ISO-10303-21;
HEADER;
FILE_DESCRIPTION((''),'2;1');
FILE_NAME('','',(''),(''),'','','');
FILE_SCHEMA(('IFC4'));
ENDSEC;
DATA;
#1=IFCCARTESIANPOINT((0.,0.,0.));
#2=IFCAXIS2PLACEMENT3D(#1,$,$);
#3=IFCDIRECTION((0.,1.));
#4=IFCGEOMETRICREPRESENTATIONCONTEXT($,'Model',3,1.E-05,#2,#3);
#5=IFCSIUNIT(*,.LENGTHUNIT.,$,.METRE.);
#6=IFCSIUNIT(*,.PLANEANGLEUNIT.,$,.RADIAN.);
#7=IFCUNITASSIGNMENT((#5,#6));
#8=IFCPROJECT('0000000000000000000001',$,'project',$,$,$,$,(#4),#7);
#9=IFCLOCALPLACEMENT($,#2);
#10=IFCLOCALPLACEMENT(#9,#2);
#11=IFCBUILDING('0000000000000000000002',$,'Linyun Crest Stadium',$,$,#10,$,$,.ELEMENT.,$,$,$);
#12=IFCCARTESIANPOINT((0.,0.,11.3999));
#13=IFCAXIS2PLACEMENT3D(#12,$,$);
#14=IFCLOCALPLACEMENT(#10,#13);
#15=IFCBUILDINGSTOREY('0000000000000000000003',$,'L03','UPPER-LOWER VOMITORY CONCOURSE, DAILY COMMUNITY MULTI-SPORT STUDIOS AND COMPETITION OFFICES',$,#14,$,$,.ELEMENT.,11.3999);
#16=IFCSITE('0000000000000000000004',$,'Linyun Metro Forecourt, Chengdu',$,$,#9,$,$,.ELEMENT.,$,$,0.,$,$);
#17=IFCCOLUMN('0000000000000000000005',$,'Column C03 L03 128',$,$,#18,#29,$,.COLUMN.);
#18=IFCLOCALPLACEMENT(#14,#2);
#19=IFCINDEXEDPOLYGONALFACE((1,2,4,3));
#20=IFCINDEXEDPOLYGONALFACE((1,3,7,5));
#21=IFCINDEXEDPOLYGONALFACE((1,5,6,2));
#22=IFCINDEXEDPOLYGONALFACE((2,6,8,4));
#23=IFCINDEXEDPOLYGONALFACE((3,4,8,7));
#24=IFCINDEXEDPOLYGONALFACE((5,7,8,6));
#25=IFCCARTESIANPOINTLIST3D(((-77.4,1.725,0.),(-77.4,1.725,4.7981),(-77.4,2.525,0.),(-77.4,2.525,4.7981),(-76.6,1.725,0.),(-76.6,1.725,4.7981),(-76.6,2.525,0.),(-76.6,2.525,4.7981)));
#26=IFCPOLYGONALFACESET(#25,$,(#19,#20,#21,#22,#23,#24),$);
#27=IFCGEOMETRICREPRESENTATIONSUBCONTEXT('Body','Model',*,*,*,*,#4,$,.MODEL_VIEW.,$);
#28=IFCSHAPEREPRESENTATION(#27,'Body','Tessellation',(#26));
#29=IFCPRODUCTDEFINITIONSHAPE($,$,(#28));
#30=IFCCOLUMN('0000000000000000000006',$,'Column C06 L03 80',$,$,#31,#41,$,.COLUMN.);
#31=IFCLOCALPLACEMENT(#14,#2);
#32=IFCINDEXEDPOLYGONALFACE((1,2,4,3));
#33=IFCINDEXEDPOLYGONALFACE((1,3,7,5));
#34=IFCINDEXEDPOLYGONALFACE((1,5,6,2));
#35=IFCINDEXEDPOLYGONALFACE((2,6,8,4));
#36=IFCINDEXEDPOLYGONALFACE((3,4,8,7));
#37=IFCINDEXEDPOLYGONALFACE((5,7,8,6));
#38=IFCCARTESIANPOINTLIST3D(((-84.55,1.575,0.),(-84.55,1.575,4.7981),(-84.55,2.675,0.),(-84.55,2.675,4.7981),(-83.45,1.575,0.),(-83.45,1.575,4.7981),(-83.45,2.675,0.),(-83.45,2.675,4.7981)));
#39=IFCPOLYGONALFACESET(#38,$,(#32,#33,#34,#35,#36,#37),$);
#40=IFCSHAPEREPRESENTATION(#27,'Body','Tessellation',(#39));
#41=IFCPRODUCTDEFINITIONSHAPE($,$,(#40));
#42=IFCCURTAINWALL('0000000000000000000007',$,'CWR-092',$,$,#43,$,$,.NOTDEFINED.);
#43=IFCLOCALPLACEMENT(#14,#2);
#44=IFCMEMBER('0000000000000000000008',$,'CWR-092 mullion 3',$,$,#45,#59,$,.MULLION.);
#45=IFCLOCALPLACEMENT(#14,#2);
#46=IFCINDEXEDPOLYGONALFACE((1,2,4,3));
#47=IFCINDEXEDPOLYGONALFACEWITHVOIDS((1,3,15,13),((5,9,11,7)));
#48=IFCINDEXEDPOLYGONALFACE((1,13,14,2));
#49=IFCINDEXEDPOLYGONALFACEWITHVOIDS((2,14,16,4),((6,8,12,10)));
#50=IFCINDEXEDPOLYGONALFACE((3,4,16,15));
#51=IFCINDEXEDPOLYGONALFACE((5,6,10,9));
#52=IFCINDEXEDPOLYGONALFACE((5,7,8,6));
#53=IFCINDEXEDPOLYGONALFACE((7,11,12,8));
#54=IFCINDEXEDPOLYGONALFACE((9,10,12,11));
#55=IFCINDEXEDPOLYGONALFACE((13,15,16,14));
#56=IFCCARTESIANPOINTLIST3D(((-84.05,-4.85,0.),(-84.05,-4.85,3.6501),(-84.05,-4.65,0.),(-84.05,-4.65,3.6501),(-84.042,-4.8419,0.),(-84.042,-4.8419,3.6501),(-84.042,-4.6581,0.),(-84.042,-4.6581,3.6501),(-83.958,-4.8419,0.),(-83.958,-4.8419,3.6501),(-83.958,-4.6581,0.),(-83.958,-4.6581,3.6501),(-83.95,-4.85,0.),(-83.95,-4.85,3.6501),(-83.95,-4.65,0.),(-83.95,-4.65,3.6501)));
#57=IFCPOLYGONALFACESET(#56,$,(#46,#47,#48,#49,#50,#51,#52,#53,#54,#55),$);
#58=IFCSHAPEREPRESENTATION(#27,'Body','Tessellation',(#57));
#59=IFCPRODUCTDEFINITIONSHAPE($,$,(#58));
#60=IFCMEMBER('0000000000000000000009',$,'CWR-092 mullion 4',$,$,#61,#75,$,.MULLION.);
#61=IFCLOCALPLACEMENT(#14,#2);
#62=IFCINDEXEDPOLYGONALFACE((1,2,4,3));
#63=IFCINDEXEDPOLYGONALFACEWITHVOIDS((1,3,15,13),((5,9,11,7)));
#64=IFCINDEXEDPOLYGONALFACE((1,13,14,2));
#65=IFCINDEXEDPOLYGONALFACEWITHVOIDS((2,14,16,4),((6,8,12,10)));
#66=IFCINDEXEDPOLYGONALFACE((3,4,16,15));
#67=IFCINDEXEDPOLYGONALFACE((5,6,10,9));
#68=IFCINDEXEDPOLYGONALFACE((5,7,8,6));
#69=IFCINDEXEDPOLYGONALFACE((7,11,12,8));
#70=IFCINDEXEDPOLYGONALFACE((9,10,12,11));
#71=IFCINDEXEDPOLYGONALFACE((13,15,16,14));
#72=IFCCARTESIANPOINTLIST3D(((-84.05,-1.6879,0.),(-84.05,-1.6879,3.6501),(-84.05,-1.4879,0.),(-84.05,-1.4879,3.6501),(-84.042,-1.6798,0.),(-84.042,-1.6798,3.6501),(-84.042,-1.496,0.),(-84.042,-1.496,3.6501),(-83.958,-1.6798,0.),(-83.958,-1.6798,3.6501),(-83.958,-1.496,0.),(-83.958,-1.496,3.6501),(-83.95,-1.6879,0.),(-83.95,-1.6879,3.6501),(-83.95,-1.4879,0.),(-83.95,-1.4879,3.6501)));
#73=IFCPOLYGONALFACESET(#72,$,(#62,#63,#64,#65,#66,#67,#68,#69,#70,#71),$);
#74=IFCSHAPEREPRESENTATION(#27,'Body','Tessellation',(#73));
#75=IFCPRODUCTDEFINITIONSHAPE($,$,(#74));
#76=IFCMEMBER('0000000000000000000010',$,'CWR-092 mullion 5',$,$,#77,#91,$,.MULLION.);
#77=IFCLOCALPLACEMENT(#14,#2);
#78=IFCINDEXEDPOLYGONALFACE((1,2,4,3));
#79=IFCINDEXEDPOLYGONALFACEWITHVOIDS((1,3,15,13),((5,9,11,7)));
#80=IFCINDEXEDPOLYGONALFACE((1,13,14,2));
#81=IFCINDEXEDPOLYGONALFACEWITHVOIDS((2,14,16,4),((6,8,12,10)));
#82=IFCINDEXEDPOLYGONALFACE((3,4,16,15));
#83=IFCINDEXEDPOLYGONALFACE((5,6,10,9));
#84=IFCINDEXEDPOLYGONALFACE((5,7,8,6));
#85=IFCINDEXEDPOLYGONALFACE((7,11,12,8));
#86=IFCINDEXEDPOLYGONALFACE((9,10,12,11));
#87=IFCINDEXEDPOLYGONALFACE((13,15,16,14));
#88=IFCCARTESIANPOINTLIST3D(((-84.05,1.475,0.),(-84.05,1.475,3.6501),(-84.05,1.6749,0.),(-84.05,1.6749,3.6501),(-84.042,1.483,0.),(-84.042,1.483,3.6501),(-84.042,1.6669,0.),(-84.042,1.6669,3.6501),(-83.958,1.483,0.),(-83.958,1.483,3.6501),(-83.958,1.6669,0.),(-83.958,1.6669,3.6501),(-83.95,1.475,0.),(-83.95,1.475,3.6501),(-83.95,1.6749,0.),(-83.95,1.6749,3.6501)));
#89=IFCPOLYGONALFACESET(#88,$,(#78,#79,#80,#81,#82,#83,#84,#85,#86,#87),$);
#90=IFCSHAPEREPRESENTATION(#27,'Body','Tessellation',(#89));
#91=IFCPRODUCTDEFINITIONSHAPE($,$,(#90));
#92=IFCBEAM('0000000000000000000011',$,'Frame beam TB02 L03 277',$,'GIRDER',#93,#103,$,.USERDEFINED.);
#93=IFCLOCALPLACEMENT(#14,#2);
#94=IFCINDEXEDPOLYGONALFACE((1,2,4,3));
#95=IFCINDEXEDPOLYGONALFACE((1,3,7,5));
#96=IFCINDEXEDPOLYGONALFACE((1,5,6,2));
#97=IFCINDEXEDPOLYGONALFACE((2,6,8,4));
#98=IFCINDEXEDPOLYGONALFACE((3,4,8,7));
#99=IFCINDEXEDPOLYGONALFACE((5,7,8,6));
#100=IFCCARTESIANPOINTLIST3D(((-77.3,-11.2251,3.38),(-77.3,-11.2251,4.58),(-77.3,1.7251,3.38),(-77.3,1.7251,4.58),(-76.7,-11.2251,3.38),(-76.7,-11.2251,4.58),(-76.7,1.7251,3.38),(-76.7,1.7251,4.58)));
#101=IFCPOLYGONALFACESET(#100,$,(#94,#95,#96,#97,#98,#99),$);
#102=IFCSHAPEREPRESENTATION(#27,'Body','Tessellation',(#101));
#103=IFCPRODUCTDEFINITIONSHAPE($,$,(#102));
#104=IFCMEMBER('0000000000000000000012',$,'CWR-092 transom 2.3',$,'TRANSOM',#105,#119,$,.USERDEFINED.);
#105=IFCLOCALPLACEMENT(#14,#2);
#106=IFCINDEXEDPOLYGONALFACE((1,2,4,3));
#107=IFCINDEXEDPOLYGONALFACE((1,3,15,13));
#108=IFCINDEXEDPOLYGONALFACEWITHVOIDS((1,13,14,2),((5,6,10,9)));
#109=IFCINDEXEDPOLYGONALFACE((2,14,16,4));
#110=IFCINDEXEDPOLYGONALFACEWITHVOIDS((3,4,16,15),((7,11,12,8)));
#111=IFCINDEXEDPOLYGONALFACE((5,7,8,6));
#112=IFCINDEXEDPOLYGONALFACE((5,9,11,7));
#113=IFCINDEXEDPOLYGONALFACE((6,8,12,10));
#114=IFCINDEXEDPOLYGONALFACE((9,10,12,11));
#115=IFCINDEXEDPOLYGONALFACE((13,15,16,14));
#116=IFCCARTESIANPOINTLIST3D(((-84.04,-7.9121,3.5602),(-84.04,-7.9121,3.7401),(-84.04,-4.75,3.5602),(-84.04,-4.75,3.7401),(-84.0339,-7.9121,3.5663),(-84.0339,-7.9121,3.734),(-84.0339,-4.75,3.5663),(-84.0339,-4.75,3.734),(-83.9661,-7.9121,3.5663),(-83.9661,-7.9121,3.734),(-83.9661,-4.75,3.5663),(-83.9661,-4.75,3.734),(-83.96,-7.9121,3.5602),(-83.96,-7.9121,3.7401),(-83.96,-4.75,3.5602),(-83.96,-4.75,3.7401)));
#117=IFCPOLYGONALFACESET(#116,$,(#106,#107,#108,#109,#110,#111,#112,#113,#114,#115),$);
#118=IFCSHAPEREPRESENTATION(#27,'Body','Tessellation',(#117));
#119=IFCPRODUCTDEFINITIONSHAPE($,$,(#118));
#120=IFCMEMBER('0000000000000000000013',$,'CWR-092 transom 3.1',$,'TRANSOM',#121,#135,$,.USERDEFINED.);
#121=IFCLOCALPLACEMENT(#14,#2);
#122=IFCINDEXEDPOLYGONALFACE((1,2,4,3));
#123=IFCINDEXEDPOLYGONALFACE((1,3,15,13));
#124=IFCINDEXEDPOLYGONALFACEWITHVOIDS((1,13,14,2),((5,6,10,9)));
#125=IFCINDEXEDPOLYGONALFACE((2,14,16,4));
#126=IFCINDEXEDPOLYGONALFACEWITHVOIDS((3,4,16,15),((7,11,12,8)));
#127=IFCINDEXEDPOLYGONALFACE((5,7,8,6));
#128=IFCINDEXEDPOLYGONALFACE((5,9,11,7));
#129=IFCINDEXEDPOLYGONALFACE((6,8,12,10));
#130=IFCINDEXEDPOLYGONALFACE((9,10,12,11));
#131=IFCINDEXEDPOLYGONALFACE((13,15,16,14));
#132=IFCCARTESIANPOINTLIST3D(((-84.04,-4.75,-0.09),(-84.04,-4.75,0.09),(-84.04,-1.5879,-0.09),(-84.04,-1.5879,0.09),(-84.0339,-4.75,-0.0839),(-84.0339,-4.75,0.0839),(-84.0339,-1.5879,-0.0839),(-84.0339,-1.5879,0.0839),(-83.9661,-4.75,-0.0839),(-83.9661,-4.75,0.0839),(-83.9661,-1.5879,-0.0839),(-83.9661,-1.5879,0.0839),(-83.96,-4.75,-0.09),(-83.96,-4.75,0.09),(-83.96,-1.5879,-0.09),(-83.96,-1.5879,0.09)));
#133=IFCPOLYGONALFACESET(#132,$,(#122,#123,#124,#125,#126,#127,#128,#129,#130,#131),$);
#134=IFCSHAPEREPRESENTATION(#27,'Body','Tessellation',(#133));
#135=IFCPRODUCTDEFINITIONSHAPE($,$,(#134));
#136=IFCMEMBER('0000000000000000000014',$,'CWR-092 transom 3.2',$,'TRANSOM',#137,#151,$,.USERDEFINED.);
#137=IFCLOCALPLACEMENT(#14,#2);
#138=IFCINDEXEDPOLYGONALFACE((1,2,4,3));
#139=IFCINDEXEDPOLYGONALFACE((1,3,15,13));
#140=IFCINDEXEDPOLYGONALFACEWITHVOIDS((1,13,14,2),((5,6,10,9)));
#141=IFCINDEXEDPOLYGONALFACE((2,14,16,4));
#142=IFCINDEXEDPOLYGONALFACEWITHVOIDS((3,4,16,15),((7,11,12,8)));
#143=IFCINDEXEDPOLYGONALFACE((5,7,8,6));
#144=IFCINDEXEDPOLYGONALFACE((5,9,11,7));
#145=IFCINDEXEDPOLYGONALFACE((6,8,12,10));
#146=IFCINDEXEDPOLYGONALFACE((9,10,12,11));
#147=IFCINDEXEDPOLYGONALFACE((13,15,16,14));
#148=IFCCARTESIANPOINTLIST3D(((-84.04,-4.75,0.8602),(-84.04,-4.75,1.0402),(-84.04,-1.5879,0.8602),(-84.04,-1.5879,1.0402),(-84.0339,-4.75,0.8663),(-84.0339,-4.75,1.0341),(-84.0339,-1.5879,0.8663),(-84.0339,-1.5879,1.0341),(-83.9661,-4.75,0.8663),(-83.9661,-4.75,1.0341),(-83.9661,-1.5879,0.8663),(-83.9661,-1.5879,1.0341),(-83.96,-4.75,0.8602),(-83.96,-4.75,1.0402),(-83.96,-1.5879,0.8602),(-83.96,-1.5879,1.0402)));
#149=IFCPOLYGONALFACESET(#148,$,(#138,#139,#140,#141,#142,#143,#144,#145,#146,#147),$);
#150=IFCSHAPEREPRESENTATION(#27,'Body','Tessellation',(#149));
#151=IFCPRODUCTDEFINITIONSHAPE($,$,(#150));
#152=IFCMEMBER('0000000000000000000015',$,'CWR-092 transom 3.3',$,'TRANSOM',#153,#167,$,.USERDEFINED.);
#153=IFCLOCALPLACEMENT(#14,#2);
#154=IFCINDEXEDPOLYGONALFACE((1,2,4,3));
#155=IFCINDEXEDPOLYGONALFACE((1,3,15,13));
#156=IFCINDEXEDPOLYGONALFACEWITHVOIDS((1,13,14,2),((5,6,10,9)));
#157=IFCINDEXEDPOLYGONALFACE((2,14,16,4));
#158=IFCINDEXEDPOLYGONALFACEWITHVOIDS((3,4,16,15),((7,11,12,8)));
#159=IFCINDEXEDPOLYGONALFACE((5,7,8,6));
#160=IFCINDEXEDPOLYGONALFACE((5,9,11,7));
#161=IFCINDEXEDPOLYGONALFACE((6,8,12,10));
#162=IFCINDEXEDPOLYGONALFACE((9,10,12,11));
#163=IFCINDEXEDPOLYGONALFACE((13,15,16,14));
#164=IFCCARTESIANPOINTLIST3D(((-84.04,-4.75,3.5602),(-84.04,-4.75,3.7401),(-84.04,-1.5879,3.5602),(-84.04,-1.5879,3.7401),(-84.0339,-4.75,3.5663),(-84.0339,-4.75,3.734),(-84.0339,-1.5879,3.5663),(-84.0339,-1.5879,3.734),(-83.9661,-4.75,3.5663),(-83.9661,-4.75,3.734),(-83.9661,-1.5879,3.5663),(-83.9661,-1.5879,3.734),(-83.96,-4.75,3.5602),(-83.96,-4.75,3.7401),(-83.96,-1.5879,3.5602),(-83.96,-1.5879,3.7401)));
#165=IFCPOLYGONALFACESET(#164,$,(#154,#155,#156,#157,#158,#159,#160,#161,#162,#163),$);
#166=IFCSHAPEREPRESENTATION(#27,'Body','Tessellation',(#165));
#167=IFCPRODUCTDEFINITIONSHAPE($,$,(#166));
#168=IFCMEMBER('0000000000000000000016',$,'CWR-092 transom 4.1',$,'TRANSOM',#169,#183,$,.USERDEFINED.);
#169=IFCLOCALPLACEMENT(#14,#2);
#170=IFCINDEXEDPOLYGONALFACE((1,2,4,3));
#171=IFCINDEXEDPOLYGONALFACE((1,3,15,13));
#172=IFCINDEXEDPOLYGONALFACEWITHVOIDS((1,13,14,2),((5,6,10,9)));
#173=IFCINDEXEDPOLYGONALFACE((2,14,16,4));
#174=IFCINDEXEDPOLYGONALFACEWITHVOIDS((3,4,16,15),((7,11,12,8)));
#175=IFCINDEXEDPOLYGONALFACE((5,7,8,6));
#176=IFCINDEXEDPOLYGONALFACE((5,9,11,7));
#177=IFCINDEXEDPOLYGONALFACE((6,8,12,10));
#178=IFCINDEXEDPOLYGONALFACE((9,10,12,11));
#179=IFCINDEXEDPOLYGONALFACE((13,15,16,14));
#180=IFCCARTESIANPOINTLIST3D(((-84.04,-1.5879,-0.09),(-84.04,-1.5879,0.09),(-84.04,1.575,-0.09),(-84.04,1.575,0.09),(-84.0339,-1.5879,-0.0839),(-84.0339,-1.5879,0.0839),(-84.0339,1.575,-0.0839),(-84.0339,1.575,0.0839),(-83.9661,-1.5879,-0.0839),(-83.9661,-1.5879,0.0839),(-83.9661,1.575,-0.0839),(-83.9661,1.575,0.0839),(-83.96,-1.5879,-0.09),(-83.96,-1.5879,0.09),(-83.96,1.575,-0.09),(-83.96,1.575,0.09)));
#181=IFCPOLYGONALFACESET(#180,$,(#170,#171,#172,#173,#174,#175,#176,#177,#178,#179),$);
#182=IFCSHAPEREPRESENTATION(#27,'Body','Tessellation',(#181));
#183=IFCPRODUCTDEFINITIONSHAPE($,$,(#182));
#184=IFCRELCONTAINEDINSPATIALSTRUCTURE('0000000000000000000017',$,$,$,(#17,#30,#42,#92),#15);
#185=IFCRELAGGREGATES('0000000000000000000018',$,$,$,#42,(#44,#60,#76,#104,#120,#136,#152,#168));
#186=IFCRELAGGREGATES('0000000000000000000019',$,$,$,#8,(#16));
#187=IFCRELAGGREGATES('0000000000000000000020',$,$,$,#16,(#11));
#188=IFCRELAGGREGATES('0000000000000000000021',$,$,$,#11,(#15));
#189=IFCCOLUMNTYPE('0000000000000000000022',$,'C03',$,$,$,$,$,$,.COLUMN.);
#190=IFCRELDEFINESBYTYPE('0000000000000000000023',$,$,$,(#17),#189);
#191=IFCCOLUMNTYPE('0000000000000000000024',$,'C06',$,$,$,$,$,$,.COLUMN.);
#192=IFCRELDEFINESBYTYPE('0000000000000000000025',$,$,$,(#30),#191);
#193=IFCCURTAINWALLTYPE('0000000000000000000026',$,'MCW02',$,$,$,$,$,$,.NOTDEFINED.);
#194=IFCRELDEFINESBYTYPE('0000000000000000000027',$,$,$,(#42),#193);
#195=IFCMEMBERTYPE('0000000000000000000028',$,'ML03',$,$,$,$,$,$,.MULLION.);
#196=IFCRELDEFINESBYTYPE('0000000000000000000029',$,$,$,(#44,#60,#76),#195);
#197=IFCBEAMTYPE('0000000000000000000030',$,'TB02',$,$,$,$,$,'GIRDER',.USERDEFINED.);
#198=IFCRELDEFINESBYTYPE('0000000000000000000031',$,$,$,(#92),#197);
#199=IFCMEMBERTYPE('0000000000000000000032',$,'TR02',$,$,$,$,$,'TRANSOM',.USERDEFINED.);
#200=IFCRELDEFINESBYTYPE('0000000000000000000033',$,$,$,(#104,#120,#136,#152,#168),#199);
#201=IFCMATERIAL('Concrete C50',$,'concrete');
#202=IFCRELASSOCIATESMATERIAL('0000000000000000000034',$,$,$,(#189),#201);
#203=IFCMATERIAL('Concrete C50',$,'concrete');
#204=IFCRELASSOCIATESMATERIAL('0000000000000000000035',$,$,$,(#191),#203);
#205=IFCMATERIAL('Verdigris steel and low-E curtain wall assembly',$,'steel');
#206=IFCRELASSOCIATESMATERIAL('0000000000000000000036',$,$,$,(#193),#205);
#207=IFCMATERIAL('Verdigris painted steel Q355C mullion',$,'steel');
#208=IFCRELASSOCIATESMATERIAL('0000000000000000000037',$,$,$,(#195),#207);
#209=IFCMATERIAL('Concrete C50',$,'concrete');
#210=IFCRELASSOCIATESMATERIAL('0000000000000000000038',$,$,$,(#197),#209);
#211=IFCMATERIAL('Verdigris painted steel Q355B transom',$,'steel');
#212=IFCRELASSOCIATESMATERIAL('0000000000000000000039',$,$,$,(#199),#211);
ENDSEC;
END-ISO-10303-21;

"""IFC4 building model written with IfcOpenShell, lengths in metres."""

from ifc_helpers import new_model, si_unit, direction, frame, origin, origin_2d, place, context, subcontext, project, spatial, rectangle, hollow_rectangle, extrude, material, material_profile, profile_set, type_object, element, aggregate, save


model = new_model("IFC4")

# Units and contexts
model_context = context("Model", 3, precision=1e-05, world=origin(), true_north=direction((0.0, 1.0)))
body_context = subcontext(model_context, "Body", "Model", "MODEL_VIEW")
ifc_project = project(units=[si_unit("LENGTHUNIT", "METRE"), si_unit("PLANEANGLEUNIT", "RADIAN")], contexts=[model_context])

# Site, building, storey
site_placement = place(None, origin())
site = spatial("IfcSite", under=ifc_project, at=site_placement, Name="Linyun Metro Forecourt, Chengdu", CompositionType="ELEMENT", RefElevation=0.0)
building_placement = place(site_placement, origin())
building = spatial("IfcBuilding", under=site, at=building_placement, Name="Linyun Crest Stadium", CompositionType="ELEMENT")
storey_placement = place(building_placement, frame((0.0, 0.0, 11.3999)))
storey = spatial("IfcBuildingStorey", under=building, at=storey_placement, Name="L03", Description="UPPER-LOWER VOMITORY CONCOURSE, DAILY COMMUNITY MULTI-SPORT STUDIOS AND COMPETITION OFFICES", CompositionType="ELEMENT", Elevation=11.3999)

# Columns
ifc_material_1 = material(Name="Concrete C50", Category="concrete")
ifc_material_profile_1 = material_profile(ifc_material_1, rectangle(XDim=0.8, YDim=0.8, at=origin_2d()), Name="RC 800x800")
ifc_profile_set_1 = profile_set([ifc_material_profile_1], Name="Concrete C50")
column_type_1 = type_object("IfcColumnType", Name="C03", PredefinedType="COLUMN", material=ifc_profile_set_1)
column_1_placement = place(storey_placement, frame((-77.0, 2.125, 0.0), z_axis=(0.0, 0.0, 1.0), x_axis=(1.0, 0.0, 0.0)))
element("IfcColumn", 1, at=column_1_placement, inside=storey, type_object=column_type_1, Name="Column C03 L03 128", PredefinedType="COLUMN", context=body_context, shape_type="SweptSolid", body=[
    extrude(rectangle(XDim=0.8, YDim=0.8, at=origin_2d()), origin(), (0.0, 0.0, 1.0), 4.7981),
])
ifc_material_2 = material(Name="Concrete C50", Category="concrete")
ifc_material_profile_2 = material_profile(ifc_material_2, rectangle(XDim=1.1001, YDim=1.1001, at=origin_2d()), Name="RC 1100x1100")
ifc_profile_set_2 = profile_set([ifc_material_profile_2], Name="Concrete C50")
column_type_2 = type_object("IfcColumnType", Name="C06", PredefinedType="COLUMN", material=ifc_profile_set_2)
column_2_placement = place(storey_placement, frame((-84.0, 2.125, 0.0), z_axis=(0.0, 0.0, 1.0), x_axis=(1.0, 0.0, 0.0)))
element("IfcColumn", 2, at=column_2_placement, inside=storey, type_object=column_type_2, Name="Column C06 L03 80", PredefinedType="COLUMN", context=body_context, shape_type="SweptSolid", body=[
    extrude(rectangle(XDim=1.1001, YDim=1.1001, at=origin_2d()), origin(), (0.0, 0.0, 1.0), 4.7981),
])

# Curtain wall, members
ifc_material_3 = material(Name="Verdigris steel and low-E curtain wall assembly", Category="steel")
curtain_wall_type = type_object("IfcCurtainWallType", Name="MCW02", PredefinedType="NOTDEFINED", material=ifc_material_3)
curtain_wall_placement = place(storey_placement, origin())
curtain_wall = element("IfcCurtainWall", 3, at=curtain_wall_placement, inside=storey, type_object=curtain_wall_type, Name="CWR-092", PredefinedType="NOTDEFINED")
ifc_material_4 = material(Name="Verdigris painted steel Q355C mullion", Category="steel")
ifc_material_profile_3 = material_profile(ifc_material_4, hollow_rectangle(XDim=0.1001, YDim=0.2, WallThickness=0.0081, at=origin_2d()), Name="RHS 200x100x8")
ifc_profile_set_3 = profile_set([ifc_material_profile_3], Name="Verdigris painted steel Q355C mullion")
member_type_1 = type_object("IfcMemberType", Name="ML03", PredefinedType="MULLION", material=ifc_profile_set_3)
member_1_placement = place(storey_placement, frame((-84.0, -4.75, 0.0), z_axis=(0.0, 0.0, 1.0), x_axis=(-1.0, 0.0, 0.0)))
member_1 = element("IfcMember", 4, at=member_1_placement, type_object=member_type_1, Name="CWR-092 mullion 3", PredefinedType="MULLION", context=body_context, shape_type="SweptSolid", body=[
    extrude(hollow_rectangle(XDim=0.1001, YDim=0.2, WallThickness=0.0081, at=origin_2d()), origin(), (0.0, 0.0, 1.0), 3.6501),
])
member_2_placement = place(storey_placement, frame((-84.0, -1.5879, 0.0), z_axis=(0.0, 0.0, 1.0), x_axis=(-1.0, 0.0, 0.0)))
member_2 = element("IfcMember", 5, at=member_2_placement, type_object=member_type_1, Name="CWR-092 mullion 4", PredefinedType="MULLION", context=body_context, shape_type="SweptSolid", body=[
    extrude(hollow_rectangle(XDim=0.1001, YDim=0.2, WallThickness=0.0081, at=origin_2d()), origin(), (0.0, 0.0, 1.0), 3.6501),
])
member_3_placement = place(storey_placement, frame((-84.0, 1.575, 0.0), z_axis=(0.0, 0.0, 1.0), x_axis=(-1.0, 0.0, 0.0)))
member_3 = element("IfcMember", 6, at=member_3_placement, type_object=member_type_1, Name="CWR-092 mullion 5", PredefinedType="MULLION", context=body_context, shape_type="SweptSolid", body=[
    extrude(hollow_rectangle(XDim=0.1001, YDim=0.2, WallThickness=0.0081, at=origin_2d()), origin(), (0.0, 0.0, 1.0), 3.6501),
])

# Beam
ifc_material_5 = material(Name="Concrete C50", Category="concrete")
ifc_material_profile_4 = material_profile(ifc_material_5, rectangle(XDim=0.6001, YDim=1.2, at=origin_2d()), Name="RCB 1200x600")
ifc_profile_set_4 = profile_set([ifc_material_profile_4], Name="Concrete C50")
beam_type = type_object("IfcBeamType", Name="TB02", ElementType="GIRDER", PredefinedType="USERDEFINED", material=ifc_profile_set_4)
beam_placement = place(storey_placement, frame((-77.0, -11.2251, 3.98), z_axis=(0.0, 1.0, 0.0), x_axis=(-1.0, 0.0, 0.0)))
element("IfcBeam", 7, at=beam_placement, inside=storey, type_object=beam_type, Name="Frame beam TB02 L03 277", ObjectType="GIRDER", PredefinedType="USERDEFINED", context=body_context, shape_type="SweptSolid", body=[
    extrude(rectangle(XDim=0.6001, YDim=1.2, at=origin_2d()), origin(), (0.0, 0.0, 1.0), 12.9502),
])

# Members
ifc_material_6 = material(Name="Verdigris painted steel Q355B transom", Category="steel")
ifc_material_profile_5 = material_profile(ifc_material_6, hollow_rectangle(XDim=0.0801, YDim=0.1799, WallThickness=0.0061, at=origin_2d()), Name="RHS 180x80x6")
ifc_profile_set_5 = profile_set([ifc_material_profile_5], Name="Verdigris painted steel Q355B transom")
member_type_2 = type_object("IfcMemberType", Name="TR02", ElementType="TRANSOM", PredefinedType="USERDEFINED", material=ifc_profile_set_5)
member_4_placement = place(storey_placement, frame((-84.0, -7.9121, 3.6501), z_axis=(0.0, 1.0, 0.0), x_axis=(-1.0, 0.0, 0.0)))
member_4 = element("IfcMember", 8, at=member_4_placement, type_object=member_type_2, Name="CWR-092 transom 2.3", ObjectType="TRANSOM", PredefinedType="USERDEFINED", context=body_context, shape_type="SweptSolid", body=[
    extrude(hollow_rectangle(XDim=0.0801, YDim=0.1799, WallThickness=0.0061, at=origin_2d()), origin(), (0.0, 0.0, 1.0), 3.1621),
])
member_5_placement = place(storey_placement, frame((-84.0, -4.75, 0.0), z_axis=(0.0, 1.0, 0.0), x_axis=(-1.0, 0.0, 0.0)))
member_5 = element("IfcMember", 9, at=member_5_placement, type_object=member_type_2, Name="CWR-092 transom 3.1", ObjectType="TRANSOM", PredefinedType="USERDEFINED", context=body_context, shape_type="SweptSolid", body=[
    extrude(hollow_rectangle(XDim=0.0801, YDim=0.1799, WallThickness=0.0061, at=origin_2d()), origin(), (0.0, 0.0, 1.0), 3.1621),
])
member_6_placement = place(storey_placement, frame((-84.0, -4.75, 0.9502), z_axis=(0.0, 1.0, 0.0), x_axis=(-1.0, 0.0, 0.0)))
member_6 = element("IfcMember", 10, at=member_6_placement, type_object=member_type_2, Name="CWR-092 transom 3.2", ObjectType="TRANSOM", PredefinedType="USERDEFINED", context=body_context, shape_type="SweptSolid", body=[
    extrude(hollow_rectangle(XDim=0.0801, YDim=0.1799, WallThickness=0.0061, at=origin_2d()), origin(), (0.0, 0.0, 1.0), 3.1621),
])
member_7_placement = place(storey_placement, frame((-84.0, -4.75, 3.6501), z_axis=(0.0, 1.0, 0.0), x_axis=(-1.0, 0.0, 0.0)))
member_7 = element("IfcMember", 11, at=member_7_placement, type_object=member_type_2, Name="CWR-092 transom 3.3", ObjectType="TRANSOM", PredefinedType="USERDEFINED", context=body_context, shape_type="SweptSolid", body=[
    extrude(hollow_rectangle(XDim=0.0801, YDim=0.1799, WallThickness=0.0061, at=origin_2d()), origin(), (0.0, 0.0, 1.0), 3.1621),
])
member_8_placement = place(storey_placement, frame((-84.0, -1.5879, 0.0), z_axis=(0.0, 1.0, 0.0), x_axis=(-1.0, 0.0, 0.0)))
member_8 = element("IfcMember", 12, at=member_8_placement, type_object=member_type_2, Name="CWR-092 transom 4.1", ObjectType="TRANSOM", PredefinedType="USERDEFINED", context=body_context, shape_type="SweptSolid", body=[
    extrude(hollow_rectangle(XDim=0.0801, YDim=0.1799, WallThickness=0.0061, at=origin_2d()), origin(), (0.0, 0.0, 1.0), 3.1628),
])

aggregate(curtain_wall, [member_1, member_2, member_3, member_4, member_5, member_6, member_7, member_8])

save(model, "model.ifc")
